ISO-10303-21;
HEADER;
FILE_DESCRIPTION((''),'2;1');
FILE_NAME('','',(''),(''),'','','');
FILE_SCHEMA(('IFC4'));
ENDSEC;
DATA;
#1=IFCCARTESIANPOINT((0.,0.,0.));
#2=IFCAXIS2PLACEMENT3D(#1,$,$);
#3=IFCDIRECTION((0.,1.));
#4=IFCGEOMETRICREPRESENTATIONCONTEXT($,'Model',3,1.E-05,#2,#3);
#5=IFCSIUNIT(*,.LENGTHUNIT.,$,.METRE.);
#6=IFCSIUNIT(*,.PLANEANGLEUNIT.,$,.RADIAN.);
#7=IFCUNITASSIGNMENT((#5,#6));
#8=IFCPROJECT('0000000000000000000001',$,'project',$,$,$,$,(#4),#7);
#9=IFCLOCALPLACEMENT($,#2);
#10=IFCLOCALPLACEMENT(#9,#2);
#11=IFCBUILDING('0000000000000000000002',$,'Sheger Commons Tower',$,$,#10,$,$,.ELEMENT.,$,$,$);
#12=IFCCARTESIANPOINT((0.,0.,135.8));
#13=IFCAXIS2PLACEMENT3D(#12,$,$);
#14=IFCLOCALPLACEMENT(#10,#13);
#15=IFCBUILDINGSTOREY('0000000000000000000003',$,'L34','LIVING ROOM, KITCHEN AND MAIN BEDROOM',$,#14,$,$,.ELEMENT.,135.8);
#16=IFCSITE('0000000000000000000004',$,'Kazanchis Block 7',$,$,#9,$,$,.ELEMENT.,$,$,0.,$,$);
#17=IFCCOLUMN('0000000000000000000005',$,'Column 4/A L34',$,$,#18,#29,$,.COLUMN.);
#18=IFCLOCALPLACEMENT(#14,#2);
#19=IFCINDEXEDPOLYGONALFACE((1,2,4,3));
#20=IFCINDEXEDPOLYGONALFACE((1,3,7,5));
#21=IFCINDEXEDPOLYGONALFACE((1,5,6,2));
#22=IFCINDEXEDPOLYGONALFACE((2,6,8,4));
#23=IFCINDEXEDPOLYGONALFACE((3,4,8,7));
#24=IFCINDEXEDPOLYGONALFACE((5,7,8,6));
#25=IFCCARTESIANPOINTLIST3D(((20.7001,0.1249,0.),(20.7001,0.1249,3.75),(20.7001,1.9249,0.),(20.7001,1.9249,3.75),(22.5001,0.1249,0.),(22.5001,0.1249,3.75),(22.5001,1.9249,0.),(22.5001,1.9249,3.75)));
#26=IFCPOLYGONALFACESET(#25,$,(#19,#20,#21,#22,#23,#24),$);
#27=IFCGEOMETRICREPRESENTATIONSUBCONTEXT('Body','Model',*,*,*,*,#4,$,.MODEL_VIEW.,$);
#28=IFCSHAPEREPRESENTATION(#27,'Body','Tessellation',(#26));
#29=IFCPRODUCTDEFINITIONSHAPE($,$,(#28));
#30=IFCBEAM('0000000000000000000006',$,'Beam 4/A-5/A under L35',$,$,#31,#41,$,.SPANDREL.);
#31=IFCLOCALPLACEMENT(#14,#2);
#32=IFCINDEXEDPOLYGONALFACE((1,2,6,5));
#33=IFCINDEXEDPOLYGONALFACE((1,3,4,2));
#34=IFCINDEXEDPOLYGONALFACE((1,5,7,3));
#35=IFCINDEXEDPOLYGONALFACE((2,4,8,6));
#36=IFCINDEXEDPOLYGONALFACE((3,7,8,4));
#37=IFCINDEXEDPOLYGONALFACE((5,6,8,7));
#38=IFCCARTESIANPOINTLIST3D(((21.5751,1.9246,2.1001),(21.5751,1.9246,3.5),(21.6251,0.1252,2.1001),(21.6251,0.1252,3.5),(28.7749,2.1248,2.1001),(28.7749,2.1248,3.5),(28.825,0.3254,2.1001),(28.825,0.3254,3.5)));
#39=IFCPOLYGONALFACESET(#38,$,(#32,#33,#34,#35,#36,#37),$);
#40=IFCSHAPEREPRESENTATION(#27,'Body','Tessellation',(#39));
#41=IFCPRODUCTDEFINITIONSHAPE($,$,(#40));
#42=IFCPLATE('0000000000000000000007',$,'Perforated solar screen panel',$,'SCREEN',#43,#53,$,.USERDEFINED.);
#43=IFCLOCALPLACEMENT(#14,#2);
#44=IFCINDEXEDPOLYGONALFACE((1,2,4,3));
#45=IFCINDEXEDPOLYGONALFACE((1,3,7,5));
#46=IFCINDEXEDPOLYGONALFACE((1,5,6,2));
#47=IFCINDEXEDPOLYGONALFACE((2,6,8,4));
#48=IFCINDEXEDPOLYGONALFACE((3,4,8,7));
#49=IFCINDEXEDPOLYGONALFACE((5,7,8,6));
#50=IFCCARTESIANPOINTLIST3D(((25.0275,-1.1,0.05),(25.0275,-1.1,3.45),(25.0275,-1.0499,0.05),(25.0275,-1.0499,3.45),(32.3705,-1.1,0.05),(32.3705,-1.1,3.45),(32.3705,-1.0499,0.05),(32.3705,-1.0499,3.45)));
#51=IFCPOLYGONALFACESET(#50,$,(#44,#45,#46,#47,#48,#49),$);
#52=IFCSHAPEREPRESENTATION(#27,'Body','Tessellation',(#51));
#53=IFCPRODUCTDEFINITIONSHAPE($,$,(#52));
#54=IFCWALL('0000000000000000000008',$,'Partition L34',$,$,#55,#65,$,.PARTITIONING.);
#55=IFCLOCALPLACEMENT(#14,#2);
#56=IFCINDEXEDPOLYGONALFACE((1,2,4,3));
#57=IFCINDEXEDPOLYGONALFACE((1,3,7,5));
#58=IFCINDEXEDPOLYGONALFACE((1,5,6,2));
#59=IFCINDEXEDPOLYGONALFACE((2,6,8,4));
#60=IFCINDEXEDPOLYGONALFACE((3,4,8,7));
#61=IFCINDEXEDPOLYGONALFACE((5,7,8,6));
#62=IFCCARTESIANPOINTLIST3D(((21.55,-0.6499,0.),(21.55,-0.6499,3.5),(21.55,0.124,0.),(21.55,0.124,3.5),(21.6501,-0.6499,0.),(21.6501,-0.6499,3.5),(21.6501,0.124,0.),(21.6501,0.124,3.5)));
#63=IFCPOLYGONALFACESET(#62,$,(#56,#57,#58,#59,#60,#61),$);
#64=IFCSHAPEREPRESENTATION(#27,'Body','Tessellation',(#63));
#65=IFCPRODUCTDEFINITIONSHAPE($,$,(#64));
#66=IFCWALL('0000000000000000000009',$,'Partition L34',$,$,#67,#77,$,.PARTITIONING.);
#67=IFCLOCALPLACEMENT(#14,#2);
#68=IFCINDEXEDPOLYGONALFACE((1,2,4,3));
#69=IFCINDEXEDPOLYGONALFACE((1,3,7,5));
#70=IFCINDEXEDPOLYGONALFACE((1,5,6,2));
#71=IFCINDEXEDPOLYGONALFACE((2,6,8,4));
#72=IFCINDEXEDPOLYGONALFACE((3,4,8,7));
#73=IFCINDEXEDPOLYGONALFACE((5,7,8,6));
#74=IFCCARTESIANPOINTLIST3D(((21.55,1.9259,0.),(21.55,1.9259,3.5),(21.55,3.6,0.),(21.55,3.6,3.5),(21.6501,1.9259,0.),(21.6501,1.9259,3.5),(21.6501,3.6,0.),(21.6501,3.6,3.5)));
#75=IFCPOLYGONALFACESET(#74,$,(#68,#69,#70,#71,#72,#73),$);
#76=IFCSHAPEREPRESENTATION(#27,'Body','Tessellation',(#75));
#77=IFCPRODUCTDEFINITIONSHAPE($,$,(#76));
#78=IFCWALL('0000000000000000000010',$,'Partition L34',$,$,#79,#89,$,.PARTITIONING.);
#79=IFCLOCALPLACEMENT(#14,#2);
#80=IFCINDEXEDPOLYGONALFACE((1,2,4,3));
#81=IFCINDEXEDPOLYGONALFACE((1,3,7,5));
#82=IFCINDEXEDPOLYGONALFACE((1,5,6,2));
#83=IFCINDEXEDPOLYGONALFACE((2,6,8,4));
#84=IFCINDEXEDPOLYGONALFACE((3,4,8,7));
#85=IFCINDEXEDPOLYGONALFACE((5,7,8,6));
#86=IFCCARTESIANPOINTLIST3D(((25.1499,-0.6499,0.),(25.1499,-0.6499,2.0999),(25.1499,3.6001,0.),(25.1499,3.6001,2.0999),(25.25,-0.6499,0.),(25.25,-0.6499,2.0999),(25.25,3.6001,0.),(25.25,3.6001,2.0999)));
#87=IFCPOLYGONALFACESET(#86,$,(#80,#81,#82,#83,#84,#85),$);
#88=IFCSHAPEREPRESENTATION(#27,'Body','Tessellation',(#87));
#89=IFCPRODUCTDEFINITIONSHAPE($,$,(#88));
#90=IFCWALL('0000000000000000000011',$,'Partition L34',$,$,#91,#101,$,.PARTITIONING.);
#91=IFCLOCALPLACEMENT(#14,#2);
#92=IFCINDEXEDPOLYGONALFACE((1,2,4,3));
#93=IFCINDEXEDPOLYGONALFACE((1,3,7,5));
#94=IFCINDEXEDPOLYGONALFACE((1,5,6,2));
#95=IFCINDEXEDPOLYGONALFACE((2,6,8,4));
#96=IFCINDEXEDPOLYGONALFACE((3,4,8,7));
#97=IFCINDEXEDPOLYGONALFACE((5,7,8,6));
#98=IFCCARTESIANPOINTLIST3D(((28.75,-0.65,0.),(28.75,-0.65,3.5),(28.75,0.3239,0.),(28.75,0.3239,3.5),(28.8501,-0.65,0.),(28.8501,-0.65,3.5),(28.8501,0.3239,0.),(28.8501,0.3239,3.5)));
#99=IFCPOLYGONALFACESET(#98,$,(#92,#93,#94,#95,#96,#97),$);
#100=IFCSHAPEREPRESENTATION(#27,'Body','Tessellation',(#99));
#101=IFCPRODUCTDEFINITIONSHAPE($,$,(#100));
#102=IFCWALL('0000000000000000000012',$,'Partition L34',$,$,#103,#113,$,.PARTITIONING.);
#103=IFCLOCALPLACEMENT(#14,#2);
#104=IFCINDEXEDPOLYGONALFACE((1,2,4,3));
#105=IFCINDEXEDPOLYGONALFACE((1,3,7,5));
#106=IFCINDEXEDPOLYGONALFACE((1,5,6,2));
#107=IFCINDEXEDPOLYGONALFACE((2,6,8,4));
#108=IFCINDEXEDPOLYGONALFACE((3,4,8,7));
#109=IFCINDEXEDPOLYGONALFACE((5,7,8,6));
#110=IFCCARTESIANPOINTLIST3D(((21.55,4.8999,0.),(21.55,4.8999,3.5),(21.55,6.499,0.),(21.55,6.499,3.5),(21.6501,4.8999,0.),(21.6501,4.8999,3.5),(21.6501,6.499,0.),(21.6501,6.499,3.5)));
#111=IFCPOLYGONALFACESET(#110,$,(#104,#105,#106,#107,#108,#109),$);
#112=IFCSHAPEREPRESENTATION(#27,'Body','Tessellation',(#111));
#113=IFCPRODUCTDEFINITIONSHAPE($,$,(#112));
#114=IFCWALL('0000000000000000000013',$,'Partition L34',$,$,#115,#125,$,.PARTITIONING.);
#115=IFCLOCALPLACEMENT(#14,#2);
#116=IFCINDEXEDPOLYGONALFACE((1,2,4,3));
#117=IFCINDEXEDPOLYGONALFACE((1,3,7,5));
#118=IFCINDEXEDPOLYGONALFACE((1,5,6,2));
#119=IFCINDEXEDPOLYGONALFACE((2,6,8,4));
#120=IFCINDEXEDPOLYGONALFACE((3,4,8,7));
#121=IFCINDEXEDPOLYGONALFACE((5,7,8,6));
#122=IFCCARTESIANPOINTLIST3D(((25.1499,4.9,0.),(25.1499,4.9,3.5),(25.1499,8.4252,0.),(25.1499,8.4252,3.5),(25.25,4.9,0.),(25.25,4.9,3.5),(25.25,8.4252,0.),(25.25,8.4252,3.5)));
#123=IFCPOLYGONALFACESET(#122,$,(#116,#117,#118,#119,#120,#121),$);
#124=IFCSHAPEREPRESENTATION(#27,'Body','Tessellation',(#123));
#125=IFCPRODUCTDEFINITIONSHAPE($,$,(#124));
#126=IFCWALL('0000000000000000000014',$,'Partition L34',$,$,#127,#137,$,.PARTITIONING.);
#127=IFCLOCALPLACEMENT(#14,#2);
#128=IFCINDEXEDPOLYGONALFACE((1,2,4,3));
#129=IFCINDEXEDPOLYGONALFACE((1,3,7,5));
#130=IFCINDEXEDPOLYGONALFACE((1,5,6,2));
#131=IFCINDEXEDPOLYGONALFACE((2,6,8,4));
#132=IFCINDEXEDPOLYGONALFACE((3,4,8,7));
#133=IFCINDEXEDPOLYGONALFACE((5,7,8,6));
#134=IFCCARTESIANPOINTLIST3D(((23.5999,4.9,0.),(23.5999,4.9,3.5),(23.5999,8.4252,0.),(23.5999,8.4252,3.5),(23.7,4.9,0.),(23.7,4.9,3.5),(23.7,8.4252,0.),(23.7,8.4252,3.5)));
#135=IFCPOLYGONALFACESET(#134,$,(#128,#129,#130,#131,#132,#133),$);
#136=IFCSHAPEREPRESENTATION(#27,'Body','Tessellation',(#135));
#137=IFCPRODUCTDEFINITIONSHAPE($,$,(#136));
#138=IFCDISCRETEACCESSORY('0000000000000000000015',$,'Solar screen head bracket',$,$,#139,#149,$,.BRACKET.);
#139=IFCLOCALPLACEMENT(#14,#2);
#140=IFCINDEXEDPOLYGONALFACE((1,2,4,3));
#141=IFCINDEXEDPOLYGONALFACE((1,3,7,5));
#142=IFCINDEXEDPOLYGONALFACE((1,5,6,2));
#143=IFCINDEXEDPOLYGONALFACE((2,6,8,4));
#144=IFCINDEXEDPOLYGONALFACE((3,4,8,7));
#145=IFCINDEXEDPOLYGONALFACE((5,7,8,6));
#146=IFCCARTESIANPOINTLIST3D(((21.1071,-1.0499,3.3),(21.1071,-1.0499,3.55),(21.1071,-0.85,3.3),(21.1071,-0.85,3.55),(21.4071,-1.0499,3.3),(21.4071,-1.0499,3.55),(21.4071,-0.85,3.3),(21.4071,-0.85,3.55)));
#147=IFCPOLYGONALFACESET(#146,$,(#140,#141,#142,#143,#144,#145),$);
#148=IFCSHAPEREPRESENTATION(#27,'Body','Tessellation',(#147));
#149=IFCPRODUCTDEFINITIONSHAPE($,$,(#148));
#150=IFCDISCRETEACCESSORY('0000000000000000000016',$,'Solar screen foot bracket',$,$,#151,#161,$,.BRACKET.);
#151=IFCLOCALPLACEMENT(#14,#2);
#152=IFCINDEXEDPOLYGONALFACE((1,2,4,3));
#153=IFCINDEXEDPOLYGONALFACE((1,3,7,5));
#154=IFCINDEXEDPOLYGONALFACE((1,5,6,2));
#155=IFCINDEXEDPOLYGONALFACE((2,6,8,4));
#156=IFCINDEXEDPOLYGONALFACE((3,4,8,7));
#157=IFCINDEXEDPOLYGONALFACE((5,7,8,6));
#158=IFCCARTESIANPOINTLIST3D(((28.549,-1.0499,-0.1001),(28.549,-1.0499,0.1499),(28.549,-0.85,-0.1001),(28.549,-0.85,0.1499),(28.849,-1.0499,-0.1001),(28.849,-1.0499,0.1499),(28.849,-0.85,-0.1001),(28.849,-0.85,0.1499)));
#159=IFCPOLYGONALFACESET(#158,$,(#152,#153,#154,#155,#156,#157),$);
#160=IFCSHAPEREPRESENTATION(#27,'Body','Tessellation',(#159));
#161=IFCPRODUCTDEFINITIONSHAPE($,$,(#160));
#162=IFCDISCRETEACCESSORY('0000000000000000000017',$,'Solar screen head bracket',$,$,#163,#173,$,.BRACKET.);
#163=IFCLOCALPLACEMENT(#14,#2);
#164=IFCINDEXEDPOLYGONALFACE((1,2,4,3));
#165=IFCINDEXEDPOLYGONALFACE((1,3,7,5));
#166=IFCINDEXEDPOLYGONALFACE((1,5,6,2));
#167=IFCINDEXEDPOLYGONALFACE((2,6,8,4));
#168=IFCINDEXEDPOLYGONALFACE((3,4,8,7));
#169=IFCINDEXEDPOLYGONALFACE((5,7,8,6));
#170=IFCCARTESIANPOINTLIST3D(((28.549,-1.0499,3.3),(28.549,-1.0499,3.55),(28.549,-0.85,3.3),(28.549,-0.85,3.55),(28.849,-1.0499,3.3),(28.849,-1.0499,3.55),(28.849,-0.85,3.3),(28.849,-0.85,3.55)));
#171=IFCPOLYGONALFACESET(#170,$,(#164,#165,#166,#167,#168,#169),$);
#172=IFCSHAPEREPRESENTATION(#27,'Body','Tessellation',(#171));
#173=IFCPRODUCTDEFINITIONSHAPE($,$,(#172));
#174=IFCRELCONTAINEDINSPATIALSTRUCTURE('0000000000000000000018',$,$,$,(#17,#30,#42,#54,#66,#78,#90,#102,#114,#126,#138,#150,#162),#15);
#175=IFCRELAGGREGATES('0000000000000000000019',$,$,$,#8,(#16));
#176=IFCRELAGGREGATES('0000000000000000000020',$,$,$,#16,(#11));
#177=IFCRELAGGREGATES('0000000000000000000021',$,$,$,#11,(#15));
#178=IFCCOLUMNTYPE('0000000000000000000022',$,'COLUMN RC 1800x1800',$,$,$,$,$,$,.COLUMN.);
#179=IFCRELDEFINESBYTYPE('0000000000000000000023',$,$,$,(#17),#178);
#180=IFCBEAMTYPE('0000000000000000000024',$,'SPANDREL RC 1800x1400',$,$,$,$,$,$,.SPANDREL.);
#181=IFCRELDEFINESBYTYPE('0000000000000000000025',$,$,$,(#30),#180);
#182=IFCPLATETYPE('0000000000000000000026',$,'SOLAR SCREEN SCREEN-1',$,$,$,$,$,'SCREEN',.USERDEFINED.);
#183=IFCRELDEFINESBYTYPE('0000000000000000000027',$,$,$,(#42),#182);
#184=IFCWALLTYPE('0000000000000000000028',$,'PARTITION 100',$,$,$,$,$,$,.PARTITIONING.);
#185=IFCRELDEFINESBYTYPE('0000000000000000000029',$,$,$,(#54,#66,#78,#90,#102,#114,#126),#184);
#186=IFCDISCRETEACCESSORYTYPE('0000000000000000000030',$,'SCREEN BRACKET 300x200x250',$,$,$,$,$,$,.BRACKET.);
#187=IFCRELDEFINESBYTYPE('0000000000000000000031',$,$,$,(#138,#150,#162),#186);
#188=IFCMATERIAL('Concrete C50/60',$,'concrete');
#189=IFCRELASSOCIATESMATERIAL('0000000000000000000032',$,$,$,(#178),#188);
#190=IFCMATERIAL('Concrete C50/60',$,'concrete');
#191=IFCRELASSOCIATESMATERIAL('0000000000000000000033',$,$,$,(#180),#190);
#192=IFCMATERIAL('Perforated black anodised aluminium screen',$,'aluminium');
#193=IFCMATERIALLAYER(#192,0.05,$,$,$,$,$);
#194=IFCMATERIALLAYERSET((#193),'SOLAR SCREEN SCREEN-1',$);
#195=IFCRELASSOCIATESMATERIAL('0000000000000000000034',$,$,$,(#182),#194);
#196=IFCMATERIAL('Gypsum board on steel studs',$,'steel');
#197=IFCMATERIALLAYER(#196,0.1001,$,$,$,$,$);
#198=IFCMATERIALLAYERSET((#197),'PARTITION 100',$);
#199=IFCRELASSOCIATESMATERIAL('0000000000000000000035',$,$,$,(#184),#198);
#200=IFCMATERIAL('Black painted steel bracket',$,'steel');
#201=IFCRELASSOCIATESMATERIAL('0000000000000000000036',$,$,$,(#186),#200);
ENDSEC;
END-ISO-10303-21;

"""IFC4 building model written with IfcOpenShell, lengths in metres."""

from ifc_helpers import new_model, si_unit, direction, frame, frame_2d, origin, origin_2d, place, context, subcontext, project, spatial, rectangle, extrude, material, layer, layer_set, material_profile, profile_set, type_object, element, save


model = new_model("IFC4")

# Units and contexts
model_context = context("Model", 3, precision=1e-05, world=origin(), true_north=direction((0.0, 1.0)))
body_context = subcontext(model_context, "Body", "Model", "MODEL_VIEW")
ifc_project = project(units=[si_unit("LENGTHUNIT", "METRE"), si_unit("PLANEANGLEUNIT", "RADIAN")], contexts=[model_context])

# Site, building, storey
site_placement = place(None, origin())
site = spatial("IfcSite", under=ifc_project, at=site_placement, Name="Kazanchis Block 7", CompositionType="ELEMENT", RefElevation=0.0)
building_placement = place(site_placement, origin())
building = spatial("IfcBuilding", under=site, at=building_placement, Name="Sheger Commons Tower", CompositionType="ELEMENT")
storey_placement = place(building_placement, frame((0.0, 0.0, 135.8)))
storey = spatial("IfcBuildingStorey", under=building, at=storey_placement, Name="L34", Description="LIVING ROOM, KITCHEN AND MAIN BEDROOM", CompositionType="ELEMENT", Elevation=135.8)

# Column
ifc_material_1 = material(Name="Concrete C50/60", Category="concrete")
ifc_material_profile_1 = material_profile(ifc_material_1, rectangle(XDim=1.8, YDim=1.8, at=origin_2d()), Name="RC 1800x1800")
ifc_profile_set_1 = profile_set([ifc_material_profile_1], Name="Concrete C50/60")
column_type = type_object("IfcColumnType", Name="COLUMN RC 1800x1800", PredefinedType="COLUMN", material=ifc_profile_set_1)
column_placement = place(storey_placement, frame((21.6001, 1.0249, 0.0), z_axis=(0.0, 0.0, 1.0), x_axis=(1.0, 0.0, 0.0)))
element("IfcColumn", 1, at=column_placement, inside=storey, type_object=column_type, Name="Column 4/A L34", PredefinedType="COLUMN", context=body_context, shape_type="SweptSolid", body=[
    extrude(rectangle(XDim=1.8, YDim=1.8, at=origin_2d()), origin(), (0.0, 0.0, 1.0), 3.75),
])

# Beam
ifc_material_2 = material(Name="Concrete C50/60", Category="concrete")
ifc_material_profile_2 = material_profile(ifc_material_2, rectangle(XDim=1.8, YDim=1.3999, at=origin_2d()), Name="RC 1800x1400")
ifc_profile_set_2 = profile_set([ifc_material_profile_2], Name="Concrete C50/60")
beam_type = type_object("IfcBeamType", Name="SPANDREL RC 1800x1400", PredefinedType="SPANDREL", material=ifc_profile_set_2)
beam_placement = place(storey_placement, frame((21.6001, 1.0249, 2.8), z_axis=(0.999614, 0.027794, 0.0), x_axis=(-0.027794, 0.999614, 0.0)))
element("IfcBeam", 2, at=beam_placement, inside=storey, type_object=beam_type, Name="Beam 4/A-5/A under L35", PredefinedType="SPANDREL", context=body_context, shape_type="SweptSolid", body=[
    extrude(rectangle(XDim=1.8, YDim=1.3999, at=origin_2d()), origin(), (0.0, 0.0, 1.0), 7.2026),
])

# Plate
ifc_material_3 = material(Name="Perforated black anodised aluminium screen", Category="aluminium")
ifc_layer_1 = layer(ifc_material_3, 0.05)
ifc_layer_set_1 = layer_set([ifc_layer_1], Name="SOLAR SCREEN SCREEN-1")
plate_type = type_object("IfcPlateType", Name="SOLAR SCREEN SCREEN-1", ElementType="SCREEN", PredefinedType="USERDEFINED", material=ifc_layer_set_1)
plate_placement = place(storey_placement, frame((28.699, -1.075, 0.05), z_axis=(0.0, 0.0, 1.0), x_axis=(1.0, 0.0, 0.0)))
element("IfcPlate", 3, at=plate_placement, inside=storey, type_object=plate_type, Name="Perforated solar screen panel", ObjectType="SCREEN", PredefinedType="USERDEFINED", context=body_context, shape_type="SweptSolid", body=[
    extrude(rectangle(XDim=7.343, YDim=0.05, at=origin_2d()), origin(), (0.0, 0.0, 1.0), 3.3999),
])

# Walls
ifc_material_4 = material(Name="Gypsum board on steel studs", Category="steel")
ifc_layer_2 = layer(ifc_material_4, 0.1001)
ifc_layer_set_2 = layer_set([ifc_layer_2], Name="PARTITION 100")
wall_type = type_object("IfcWallType", Name="PARTITION 100", PredefinedType="PARTITIONING", material=ifc_layer_set_2)
wall_1_placement = place(storey_placement, frame((21.6001, -0.6499, 0.0), z_axis=(0.0, 0.0, 1.0), x_axis=(0.0, 1.0, 0.0)))
element("IfcWall", 4, at=wall_1_placement, inside=storey, type_object=wall_type, Name="Partition L34", PredefinedType="PARTITIONING", context=body_context, shape_type="SweptSolid", body=[
    extrude(rectangle(XDim=0.7739, YDim=0.1001, at=frame_2d((0.387, 0.0))), origin(), (0.0, 0.0, 1.0), 3.5),
])
wall_2_placement = place(storey_placement, frame((21.6001, 1.926, 0.0), z_axis=(0.0, 0.0, 1.0), x_axis=(0.0, 1.0, 0.0)))
element("IfcWall", 5, at=wall_2_placement, inside=storey, type_object=wall_type, Name="Partition L34", PredefinedType="PARTITIONING", context=body_context, shape_type="SweptSolid", body=[
    extrude(rectangle(XDim=1.6741, YDim=0.1001, at=frame_2d((0.8369, 0.0))), origin(), (0.0, 0.0, 1.0), 3.5),
])
wall_3_placement = place(storey_placement, frame((25.2, -0.6499, 0.0), z_axis=(0.0, 0.0, 1.0), x_axis=(0.0, 1.0, 0.0)))
element("IfcWall", 6, at=wall_3_placement, inside=storey, type_object=wall_type, Name="Partition L34", PredefinedType="PARTITIONING", context=body_context, shape_type="SweptSolid", body=[
    extrude(rectangle(XDim=4.25, YDim=0.1001, at=frame_2d((2.125, 0.0))), origin(), (0.0, 0.0, 1.0), 2.0999),
])
wall_4_placement = place(storey_placement, frame((28.8, -0.6499, 0.0), z_axis=(0.0, 0.0, 1.0), x_axis=(0.0, 1.0, 0.0)))
element("IfcWall", 7, at=wall_4_placement, inside=storey, type_object=wall_type, Name="Partition L34", PredefinedType="PARTITIONING", context=body_context, shape_type="SweptSolid", body=[
    extrude(rectangle(XDim=0.9739, YDim=0.1001, at=frame_2d((0.4868, 0.0))), origin(), (0.0, 0.0, 1.0), 3.5),
])
wall_5_placement = place(storey_placement, frame((21.6001, 4.8999, 0.0), z_axis=(0.0, 0.0, 1.0), x_axis=(0.0, 1.0, 0.0)))
element("IfcWall", 8, at=wall_5_placement, inside=storey, type_object=wall_type, Name="Partition L34", PredefinedType="PARTITIONING", context=body_context, shape_type="SweptSolid", body=[
    extrude(rectangle(XDim=1.5991, YDim=0.1001, at=frame_2d((0.7996, 0.0))), origin(), (0.0, 0.0, 1.0), 3.5),
])
for number, where, z_axis, x_axis, name in (
    (9, (25.2, 4.8999, 0.0), (0.0, 0.0, 1.0), (0.0, 1.0, 0.0), "Partition L34"),
    (10, (23.6499, 4.8999, 0.0), (0.0, 0.0, 1.0), (0.0, 1.0, 0.0), "Partition L34"),
):
    element("IfcWall", number, at=place(storey_placement, frame(where, z_axis=z_axis, x_axis=x_axis)), inside=storey, type_object=wall_type, Name=name, PredefinedType="PARTITIONING", context=body_context, shape_type="SweptSolid", body=[
        extrude(rectangle(XDim=3.5251, YDim=0.1001, at=frame_2d((1.7627, 0.0))), origin(), (0.0, 0.0, 1.0), 3.5),
    ])

# Discrete accessories
ifc_material_5 = material(Name="Black painted steel bracket", Category="steel")
discrete_accessory_type = type_object("IfcDiscreteAccessoryType", Name="SCREEN BRACKET 300x200x250", PredefinedType="BRACKET", material=ifc_material_5)
for number, where, z_axis, x_axis, name in (
    (11, (21.2571, -0.95, 3.3), (0.0, 0.0, 1.0), (1.0, 0.0, 0.0), "Solar screen head bracket"),
    (12, (28.699, -0.95, -0.1001), (0.0, 0.0, 1.0), (1.0, 0.0, 0.0), "Solar screen foot bracket"),
    (13, (28.699, -0.95, 3.3), (0.0, 0.0, 1.0), (1.0, 0.0, 0.0), "Solar screen head bracket"),
):
    element("IfcDiscreteAccessory", number, at=place(storey_placement, frame(where, z_axis=z_axis, x_axis=x_axis)), inside=storey, type_object=discrete_accessory_type, Name=name, PredefinedType="BRACKET", context=body_context, shape_type="SweptSolid", body=[
        extrude(rectangle(XDim=0.3, YDim=0.2, at=origin_2d()), origin(), (0.0, 0.0, 1.0), 0.25),
    ])

save(model, "model.ifc")
